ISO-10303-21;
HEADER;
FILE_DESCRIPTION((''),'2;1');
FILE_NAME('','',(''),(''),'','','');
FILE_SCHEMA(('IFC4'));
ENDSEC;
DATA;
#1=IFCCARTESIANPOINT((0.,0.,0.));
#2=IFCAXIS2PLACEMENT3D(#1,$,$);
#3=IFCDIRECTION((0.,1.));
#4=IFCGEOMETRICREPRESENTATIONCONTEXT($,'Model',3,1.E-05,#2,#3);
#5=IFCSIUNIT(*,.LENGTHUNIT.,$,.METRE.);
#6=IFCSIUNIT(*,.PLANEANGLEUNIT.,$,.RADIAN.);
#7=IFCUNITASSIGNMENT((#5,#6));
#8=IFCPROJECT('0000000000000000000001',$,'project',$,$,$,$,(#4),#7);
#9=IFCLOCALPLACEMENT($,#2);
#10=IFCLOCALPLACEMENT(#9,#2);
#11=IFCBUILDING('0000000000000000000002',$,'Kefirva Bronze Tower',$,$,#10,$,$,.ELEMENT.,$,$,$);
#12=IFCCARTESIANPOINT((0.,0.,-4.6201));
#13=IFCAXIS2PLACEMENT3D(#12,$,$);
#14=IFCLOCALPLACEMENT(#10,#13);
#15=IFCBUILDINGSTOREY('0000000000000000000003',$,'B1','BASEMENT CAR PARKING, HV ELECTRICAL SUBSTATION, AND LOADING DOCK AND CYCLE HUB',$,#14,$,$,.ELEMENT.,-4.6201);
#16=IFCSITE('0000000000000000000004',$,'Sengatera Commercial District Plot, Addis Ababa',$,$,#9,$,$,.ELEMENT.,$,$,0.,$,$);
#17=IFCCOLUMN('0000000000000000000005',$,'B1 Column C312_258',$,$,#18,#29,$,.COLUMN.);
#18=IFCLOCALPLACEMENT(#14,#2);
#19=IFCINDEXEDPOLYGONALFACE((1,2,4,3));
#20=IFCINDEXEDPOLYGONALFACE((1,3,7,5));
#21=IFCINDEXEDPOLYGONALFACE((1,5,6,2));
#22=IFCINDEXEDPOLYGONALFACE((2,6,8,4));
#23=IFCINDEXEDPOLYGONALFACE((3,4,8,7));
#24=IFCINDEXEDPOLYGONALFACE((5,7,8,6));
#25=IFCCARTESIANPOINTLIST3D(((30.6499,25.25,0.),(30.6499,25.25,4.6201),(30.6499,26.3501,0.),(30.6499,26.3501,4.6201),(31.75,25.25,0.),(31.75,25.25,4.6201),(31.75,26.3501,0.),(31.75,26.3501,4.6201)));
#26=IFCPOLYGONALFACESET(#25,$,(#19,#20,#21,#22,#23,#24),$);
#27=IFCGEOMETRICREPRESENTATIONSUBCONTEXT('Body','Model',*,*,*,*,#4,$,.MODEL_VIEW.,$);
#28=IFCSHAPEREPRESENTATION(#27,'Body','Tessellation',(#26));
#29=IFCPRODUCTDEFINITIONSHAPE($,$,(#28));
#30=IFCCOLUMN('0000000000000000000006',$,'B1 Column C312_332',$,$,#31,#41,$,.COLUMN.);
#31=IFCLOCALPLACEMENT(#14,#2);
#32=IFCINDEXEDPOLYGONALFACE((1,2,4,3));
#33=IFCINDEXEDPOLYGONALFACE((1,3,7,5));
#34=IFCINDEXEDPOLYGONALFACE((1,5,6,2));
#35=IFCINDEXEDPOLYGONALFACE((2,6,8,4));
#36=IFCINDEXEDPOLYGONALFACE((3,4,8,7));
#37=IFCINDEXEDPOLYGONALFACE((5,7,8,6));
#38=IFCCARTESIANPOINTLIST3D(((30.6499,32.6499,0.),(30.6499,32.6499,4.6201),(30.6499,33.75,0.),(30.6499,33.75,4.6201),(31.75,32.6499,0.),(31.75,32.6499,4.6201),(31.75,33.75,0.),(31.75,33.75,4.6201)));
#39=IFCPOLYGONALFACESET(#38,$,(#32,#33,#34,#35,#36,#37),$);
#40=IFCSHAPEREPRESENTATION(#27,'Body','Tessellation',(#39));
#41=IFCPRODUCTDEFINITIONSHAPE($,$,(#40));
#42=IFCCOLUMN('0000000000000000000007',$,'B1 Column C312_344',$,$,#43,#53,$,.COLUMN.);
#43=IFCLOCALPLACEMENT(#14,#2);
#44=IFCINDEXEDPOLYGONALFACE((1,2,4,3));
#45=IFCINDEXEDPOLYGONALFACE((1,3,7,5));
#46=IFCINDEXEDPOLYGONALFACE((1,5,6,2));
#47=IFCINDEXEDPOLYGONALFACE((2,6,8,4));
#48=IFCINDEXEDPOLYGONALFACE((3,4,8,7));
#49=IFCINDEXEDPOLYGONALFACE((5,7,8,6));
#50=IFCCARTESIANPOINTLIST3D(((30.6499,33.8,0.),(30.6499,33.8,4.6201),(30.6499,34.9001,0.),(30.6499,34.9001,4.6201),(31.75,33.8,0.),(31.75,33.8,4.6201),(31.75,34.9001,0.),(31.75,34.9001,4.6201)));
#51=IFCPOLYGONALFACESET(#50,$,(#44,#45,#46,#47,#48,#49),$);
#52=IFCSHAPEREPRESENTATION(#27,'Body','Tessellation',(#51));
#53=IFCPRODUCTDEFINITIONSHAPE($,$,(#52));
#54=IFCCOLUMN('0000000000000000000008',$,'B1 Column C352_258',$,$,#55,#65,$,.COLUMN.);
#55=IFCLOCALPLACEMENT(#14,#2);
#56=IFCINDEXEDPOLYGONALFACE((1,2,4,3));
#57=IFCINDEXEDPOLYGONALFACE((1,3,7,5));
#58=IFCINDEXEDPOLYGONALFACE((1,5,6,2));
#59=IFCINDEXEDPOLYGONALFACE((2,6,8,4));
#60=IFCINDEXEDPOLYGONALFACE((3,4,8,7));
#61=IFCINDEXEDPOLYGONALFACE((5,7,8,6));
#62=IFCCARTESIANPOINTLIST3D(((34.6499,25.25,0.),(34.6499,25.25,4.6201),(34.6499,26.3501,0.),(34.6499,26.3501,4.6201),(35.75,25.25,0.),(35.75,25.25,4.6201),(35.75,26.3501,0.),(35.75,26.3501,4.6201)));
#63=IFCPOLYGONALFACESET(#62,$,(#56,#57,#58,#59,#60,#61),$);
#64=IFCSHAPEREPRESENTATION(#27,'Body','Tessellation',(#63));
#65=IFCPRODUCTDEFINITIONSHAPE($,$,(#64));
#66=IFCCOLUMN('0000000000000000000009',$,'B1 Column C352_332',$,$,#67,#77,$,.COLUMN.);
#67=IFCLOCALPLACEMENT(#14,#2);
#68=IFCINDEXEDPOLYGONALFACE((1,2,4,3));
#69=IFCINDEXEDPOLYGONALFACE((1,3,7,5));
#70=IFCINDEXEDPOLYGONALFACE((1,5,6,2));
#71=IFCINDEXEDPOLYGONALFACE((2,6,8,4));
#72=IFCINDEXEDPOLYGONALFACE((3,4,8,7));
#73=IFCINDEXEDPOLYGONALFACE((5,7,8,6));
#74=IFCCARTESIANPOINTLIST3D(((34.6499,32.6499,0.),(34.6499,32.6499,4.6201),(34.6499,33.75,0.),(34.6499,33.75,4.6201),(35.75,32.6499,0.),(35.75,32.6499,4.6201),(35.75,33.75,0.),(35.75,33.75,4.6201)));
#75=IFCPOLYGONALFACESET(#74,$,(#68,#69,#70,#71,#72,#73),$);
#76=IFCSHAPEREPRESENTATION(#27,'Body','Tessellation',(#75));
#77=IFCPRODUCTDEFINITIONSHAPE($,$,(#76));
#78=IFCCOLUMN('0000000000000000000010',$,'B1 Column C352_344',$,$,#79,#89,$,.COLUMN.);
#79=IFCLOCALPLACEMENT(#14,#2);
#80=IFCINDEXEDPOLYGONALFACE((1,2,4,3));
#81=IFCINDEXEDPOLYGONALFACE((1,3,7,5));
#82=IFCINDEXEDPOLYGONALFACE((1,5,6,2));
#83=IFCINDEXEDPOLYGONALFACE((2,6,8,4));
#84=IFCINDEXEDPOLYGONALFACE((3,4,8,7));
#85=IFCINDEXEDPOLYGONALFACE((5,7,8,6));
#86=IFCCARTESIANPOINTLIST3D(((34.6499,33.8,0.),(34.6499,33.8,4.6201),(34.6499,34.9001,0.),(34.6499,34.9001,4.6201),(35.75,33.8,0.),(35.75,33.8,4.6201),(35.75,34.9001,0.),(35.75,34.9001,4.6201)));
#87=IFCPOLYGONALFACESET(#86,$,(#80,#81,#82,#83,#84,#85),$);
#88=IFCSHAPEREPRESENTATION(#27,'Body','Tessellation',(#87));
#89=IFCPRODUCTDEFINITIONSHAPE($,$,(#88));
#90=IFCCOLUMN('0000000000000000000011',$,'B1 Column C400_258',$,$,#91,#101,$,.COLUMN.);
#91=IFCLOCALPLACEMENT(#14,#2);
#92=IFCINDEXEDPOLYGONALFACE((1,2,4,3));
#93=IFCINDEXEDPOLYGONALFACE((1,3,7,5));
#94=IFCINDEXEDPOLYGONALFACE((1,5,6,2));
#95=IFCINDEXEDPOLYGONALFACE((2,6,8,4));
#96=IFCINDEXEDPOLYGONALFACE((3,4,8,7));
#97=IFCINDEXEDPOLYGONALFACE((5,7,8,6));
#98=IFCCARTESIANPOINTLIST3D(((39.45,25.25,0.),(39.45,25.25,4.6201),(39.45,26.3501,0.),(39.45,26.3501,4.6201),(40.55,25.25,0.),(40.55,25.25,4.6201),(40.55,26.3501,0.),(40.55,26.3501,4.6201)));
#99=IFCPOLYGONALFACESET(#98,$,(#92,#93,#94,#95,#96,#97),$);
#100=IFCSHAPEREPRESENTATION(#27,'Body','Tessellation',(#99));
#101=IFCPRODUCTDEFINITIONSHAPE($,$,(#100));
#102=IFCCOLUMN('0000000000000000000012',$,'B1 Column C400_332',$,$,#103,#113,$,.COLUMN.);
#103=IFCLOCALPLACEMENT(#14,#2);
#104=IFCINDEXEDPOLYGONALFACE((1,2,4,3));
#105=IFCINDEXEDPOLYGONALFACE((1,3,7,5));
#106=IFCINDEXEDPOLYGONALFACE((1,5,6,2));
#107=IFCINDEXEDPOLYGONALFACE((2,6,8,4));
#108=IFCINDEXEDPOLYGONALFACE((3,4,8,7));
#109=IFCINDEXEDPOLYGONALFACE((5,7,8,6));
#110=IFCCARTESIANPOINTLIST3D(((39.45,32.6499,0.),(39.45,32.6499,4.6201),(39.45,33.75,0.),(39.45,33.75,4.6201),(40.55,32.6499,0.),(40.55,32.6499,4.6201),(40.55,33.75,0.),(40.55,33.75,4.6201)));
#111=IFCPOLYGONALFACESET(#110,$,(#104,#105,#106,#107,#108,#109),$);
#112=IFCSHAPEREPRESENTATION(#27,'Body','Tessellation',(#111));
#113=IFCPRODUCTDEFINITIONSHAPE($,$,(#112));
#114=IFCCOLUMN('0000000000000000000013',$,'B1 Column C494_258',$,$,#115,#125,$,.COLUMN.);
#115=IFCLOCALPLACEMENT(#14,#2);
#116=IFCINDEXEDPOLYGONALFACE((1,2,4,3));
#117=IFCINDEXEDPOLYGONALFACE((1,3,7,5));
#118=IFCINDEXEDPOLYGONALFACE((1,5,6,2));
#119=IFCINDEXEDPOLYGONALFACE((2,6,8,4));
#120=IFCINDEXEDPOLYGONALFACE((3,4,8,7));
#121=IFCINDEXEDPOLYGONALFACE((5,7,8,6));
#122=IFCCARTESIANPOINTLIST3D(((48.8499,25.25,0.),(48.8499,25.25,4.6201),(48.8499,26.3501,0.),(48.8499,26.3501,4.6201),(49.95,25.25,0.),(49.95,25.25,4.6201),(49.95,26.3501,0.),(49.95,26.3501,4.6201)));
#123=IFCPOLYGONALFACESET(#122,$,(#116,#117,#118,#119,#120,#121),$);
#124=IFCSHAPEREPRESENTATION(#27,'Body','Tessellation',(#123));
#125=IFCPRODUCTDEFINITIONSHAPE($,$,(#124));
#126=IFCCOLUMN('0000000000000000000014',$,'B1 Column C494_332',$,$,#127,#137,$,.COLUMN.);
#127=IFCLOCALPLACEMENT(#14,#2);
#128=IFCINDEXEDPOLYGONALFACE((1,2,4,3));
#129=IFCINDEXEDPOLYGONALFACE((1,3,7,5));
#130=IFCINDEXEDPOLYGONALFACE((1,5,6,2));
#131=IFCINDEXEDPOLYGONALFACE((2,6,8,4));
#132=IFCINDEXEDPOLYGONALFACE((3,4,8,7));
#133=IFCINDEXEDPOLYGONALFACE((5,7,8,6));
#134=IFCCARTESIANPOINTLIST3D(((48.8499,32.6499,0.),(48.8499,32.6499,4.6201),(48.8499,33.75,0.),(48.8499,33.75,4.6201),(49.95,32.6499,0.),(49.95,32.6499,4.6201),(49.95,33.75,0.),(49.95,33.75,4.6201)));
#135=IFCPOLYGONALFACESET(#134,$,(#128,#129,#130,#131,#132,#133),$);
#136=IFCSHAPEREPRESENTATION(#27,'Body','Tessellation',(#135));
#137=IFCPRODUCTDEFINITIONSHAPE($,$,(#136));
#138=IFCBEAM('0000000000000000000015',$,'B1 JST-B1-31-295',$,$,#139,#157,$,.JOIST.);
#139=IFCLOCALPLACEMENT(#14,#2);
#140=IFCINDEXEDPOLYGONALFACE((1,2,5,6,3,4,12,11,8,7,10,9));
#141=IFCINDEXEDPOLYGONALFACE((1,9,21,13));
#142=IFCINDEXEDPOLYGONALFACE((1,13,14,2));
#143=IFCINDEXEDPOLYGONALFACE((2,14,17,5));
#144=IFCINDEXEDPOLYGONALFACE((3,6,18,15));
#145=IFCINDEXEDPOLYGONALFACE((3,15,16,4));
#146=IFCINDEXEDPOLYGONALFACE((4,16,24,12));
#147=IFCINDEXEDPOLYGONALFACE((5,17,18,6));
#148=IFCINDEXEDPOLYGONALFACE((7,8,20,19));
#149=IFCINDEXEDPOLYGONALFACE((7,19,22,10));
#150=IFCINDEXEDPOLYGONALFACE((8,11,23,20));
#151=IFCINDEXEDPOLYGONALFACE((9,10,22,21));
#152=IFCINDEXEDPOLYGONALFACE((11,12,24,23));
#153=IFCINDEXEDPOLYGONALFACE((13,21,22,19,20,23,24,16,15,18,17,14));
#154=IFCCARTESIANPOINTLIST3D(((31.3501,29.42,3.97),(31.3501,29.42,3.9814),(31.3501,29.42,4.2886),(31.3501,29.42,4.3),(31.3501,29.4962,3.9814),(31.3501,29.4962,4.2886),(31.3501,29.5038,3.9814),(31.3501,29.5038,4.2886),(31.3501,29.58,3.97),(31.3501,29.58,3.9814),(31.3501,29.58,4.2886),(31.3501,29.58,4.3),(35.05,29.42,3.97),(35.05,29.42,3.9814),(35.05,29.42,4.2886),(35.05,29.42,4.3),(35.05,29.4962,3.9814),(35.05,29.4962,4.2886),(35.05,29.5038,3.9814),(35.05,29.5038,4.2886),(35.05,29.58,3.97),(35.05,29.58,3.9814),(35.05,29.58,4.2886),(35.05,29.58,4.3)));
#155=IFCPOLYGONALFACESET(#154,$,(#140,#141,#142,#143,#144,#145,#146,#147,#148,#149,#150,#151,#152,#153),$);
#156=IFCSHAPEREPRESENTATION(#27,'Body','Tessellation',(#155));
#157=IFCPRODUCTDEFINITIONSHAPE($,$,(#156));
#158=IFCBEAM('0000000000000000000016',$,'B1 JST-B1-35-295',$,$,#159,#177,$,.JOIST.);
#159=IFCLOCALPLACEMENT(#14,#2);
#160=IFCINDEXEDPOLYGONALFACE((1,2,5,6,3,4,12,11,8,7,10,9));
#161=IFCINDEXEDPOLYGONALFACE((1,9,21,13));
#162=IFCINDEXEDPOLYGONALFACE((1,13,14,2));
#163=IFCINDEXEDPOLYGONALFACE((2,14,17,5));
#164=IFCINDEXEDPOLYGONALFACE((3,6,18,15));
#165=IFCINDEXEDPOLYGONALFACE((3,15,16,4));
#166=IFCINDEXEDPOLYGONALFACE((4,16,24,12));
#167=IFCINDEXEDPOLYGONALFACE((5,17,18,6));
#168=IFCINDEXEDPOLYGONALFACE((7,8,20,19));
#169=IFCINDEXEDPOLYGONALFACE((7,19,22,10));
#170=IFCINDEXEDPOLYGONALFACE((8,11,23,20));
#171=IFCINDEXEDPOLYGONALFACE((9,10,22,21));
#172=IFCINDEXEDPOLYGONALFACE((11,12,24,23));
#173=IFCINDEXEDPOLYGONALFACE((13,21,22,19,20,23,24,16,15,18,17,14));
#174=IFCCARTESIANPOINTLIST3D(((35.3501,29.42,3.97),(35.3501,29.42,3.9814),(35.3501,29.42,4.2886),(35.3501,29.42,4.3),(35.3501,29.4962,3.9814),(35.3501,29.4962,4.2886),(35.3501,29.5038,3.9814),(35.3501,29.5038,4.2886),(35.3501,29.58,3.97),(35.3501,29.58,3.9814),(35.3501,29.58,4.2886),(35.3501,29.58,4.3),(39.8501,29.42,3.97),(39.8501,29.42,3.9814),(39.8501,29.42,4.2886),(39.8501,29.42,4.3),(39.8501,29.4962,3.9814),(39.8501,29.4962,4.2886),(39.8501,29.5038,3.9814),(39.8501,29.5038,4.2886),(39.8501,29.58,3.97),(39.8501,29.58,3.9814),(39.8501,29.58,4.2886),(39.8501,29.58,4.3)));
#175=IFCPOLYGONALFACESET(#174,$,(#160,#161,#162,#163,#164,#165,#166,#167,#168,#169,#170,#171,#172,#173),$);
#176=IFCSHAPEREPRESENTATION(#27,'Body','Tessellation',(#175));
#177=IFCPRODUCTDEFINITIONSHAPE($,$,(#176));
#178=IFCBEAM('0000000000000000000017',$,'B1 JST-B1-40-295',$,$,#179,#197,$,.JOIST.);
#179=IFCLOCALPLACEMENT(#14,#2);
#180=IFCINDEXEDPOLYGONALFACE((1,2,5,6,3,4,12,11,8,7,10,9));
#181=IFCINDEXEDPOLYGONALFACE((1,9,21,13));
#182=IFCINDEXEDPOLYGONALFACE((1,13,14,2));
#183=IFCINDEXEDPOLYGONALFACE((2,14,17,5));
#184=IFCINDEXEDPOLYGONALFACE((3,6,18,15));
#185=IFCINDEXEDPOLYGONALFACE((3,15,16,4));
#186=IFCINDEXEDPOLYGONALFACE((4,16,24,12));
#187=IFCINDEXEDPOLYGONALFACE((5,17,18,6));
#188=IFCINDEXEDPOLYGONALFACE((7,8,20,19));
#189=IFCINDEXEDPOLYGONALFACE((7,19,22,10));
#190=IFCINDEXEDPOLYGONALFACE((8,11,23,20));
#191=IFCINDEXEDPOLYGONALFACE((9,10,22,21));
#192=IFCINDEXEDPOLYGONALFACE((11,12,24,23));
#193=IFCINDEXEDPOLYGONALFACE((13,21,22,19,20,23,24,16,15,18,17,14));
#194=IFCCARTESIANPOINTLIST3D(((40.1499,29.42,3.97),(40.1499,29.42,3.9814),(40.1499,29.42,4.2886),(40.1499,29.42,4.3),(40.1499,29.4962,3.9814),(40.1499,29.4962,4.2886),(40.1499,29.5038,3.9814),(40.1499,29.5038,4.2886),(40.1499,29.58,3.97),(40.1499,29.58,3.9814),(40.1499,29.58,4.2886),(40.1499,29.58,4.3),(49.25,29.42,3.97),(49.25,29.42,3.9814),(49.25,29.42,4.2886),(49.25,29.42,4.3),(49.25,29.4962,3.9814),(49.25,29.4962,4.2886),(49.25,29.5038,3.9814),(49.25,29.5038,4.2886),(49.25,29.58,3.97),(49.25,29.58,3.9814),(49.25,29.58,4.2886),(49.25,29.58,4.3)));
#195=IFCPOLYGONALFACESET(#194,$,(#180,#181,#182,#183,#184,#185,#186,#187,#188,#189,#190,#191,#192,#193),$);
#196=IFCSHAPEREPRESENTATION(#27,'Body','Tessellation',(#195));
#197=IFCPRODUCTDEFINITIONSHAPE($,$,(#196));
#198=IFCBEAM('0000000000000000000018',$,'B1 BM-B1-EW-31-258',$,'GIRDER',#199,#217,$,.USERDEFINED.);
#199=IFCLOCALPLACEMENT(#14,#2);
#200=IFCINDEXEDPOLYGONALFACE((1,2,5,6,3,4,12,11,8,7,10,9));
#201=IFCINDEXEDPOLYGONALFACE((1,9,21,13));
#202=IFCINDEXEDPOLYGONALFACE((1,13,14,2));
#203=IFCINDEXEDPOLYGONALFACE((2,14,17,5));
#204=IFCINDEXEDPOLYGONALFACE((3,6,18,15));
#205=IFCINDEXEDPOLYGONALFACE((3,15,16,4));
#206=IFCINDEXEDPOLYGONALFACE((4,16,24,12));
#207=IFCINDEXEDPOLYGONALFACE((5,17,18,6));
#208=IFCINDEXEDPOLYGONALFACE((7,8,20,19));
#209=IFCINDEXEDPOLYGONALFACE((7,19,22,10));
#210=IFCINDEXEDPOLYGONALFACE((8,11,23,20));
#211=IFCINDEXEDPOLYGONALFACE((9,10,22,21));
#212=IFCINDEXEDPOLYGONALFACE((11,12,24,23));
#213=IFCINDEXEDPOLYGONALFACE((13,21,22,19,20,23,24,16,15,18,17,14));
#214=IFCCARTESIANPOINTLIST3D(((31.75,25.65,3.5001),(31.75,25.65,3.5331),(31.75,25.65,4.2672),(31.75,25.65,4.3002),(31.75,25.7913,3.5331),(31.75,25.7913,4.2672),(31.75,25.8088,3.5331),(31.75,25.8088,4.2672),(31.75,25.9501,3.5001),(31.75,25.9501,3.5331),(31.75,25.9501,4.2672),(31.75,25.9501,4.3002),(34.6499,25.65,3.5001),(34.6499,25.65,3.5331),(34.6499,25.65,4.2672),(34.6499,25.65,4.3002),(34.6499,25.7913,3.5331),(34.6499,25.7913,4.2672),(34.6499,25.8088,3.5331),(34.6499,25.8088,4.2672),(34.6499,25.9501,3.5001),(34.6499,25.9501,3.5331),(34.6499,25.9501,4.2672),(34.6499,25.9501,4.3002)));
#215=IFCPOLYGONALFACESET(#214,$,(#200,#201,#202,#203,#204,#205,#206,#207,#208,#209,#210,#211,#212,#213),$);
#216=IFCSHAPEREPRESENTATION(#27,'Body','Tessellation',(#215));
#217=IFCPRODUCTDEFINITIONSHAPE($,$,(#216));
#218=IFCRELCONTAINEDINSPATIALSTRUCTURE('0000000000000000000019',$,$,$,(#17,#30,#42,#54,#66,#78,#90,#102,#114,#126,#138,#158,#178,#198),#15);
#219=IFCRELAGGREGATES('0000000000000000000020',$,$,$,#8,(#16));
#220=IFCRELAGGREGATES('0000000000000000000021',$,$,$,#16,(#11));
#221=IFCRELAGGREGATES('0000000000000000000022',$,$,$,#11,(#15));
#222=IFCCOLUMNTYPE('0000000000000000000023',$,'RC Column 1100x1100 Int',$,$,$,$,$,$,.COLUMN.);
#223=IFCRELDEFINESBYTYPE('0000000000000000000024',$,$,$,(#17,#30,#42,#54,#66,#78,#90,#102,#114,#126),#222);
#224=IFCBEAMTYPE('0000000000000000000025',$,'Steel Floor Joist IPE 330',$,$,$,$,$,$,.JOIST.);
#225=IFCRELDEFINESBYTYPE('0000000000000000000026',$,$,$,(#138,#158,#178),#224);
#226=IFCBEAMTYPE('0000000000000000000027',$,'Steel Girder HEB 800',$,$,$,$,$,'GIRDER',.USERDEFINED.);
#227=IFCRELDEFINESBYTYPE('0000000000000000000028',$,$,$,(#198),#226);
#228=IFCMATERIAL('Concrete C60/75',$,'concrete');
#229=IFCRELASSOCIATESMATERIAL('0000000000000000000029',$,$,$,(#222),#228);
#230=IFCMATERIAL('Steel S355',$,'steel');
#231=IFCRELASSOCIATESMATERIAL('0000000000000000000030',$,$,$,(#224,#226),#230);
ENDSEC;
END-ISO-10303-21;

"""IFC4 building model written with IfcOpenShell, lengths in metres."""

from ifc_helpers import new_model, si_unit, direction, frame, origin, origin_2d, place, context, subcontext, project, spatial, rectangle, i_section, extrude, material, material_profile, profile_set, type_object, element, save


model = new_model("IFC4")

# Units and contexts
model_context = context("Model", 3, precision=1e-05, world=origin(), true_north=direction((0.0, 1.0)))
body_context = subcontext(model_context, "Body", "Model", "MODEL_VIEW")
ifc_project = project(units=[si_unit("LENGTHUNIT", "METRE"), si_unit("PLANEANGLEUNIT", "RADIAN")], contexts=[model_context])

# Site, building, storey
site_placement = place(None, origin())
site = spatial("IfcSite", under=ifc_project, at=site_placement, Name="Sengatera Commercial District Plot, Addis Ababa", CompositionType="ELEMENT", RefElevation=0.0)
building_placement = place(site_placement, origin())
building = spatial("IfcBuilding", under=site, at=building_placement, Name="Kefirva Bronze Tower", CompositionType="ELEMENT")
storey_placement = place(building_placement, frame((0.0, 0.0, -4.6201)))
storey = spatial("IfcBuildingStorey", under=building, at=storey_placement, Name="B1", Description="BASEMENT CAR PARKING, HV ELECTRICAL SUBSTATION, AND LOADING DOCK AND CYCLE HUB", CompositionType="ELEMENT", Elevation=-4.6201)

# Columns
ifc_material_1 = material(Name="Concrete C60/75", Category="concrete")
ifc_material_profile_1 = material_profile(ifc_material_1, rectangle(XDim=1.1001, YDim=1.1001, at=origin_2d()), Name="RC 1100x1100")
ifc_profile_set_1 = profile_set([ifc_material_profile_1], Name="Concrete C60/75")
column_type = type_object("IfcColumnType", Name="RC Column 1100x1100 Int", PredefinedType="COLUMN", material=ifc_profile_set_1)
for number, where, z_axis, x_axis, name in (
    (1, (31.2, 25.8, 0.0), (0.0, 0.0, 1.0), (1.0, 0.0, 0.0), "B1 Column C312_258"),
    (2, (31.2, 33.2, 0.0), (0.0, 0.0, 1.0), (1.0, 0.0, 0.0), "B1 Column C312_332"),
    (3, (31.2, 34.3501, 0.0), (0.0, 0.0, 1.0), (1.0, 0.0, 0.0), "B1 Column C312_344"),
    (4, (35.2, 25.8, 0.0), (0.0, 0.0, 1.0), (1.0, 0.0, 0.0), "B1 Column C352_258"),
    (5, (35.2, 33.2, 0.0), (0.0, 0.0, 1.0), (1.0, 0.0, 0.0), "B1 Column C352_332"),
    (6, (35.2, 34.3501, 0.0), (0.0, 0.0, 1.0), (1.0, 0.0, 0.0), "B1 Column C352_344"),
    (7, (40.0, 25.8, 0.0), (0.0, 0.0, 1.0), (1.0, 0.0, 0.0), "B1 Column C400_258"),
    (8, (40.0, 33.2, 0.0), (0.0, 0.0, 1.0), (1.0, 0.0, 0.0), "B1 Column C400_332"),
    (9, (49.3999, 25.8, 0.0), (0.0, 0.0, 1.0), (1.0, 0.0, 0.0), "B1 Column C494_258"),
    (10, (49.3999, 33.2, 0.0), (0.0, 0.0, 1.0), (1.0, 0.0, 0.0), "B1 Column C494_332"),
):
    element("IfcColumn", number, at=place(storey_placement, frame(where, z_axis=z_axis, x_axis=x_axis)), inside=storey, type_object=column_type, Name=name, PredefinedType="COLUMN", context=body_context, shape_type="SweptSolid", body=[
        extrude(rectangle(XDim=1.1001, YDim=1.1001, at=origin_2d()), origin(), (0.0, 0.0, 1.0), 4.6201),
    ])

# Beams
ifc_material_2 = material(Name="Steel S355", Category="steel")
ifc_material_profile_2 = material_profile(ifc_material_2, i_section(OverallWidth=0.1599, OverallDepth=0.3301, WebThickness=0.0076, FlangeThickness=0.0115, at=origin_2d()), Name="IPE 330")
ifc_profile_set_2 = profile_set([ifc_material_profile_2], Name="Steel S355")
beam_type_1 = type_object("IfcBeamType", Name="Steel Floor Joist IPE 330", PredefinedType="JOIST", material=ifc_profile_set_2)
beam_1_placement = place(storey_placement, frame((31.3501, 29.5, 4.135), z_axis=(1.0, 0.0, 0.0), x_axis=(0.0, 1.0, 0.0)))
element("IfcBeam", 11, at=beam_1_placement, inside=storey, type_object=beam_type_1, Name="B1 JST-B1-31-295", PredefinedType="JOIST", context=body_context, shape_type="SweptSolid", body=[
    extrude(i_section(OverallWidth=0.1599, OverallDepth=0.3301, WebThickness=0.0076, FlangeThickness=0.0115, at=origin_2d()), origin(), (0.0, 0.0, 1.0), 3.7),
])
beam_2_placement = place(storey_placement, frame((35.3501, 29.5, 4.135), z_axis=(1.0, 0.0, 0.0), x_axis=(0.0, 1.0, 0.0)))
element("IfcBeam", 12, at=beam_2_placement, inside=storey, type_object=beam_type_1, Name="B1 JST-B1-35-295", PredefinedType="JOIST", context=body_context, shape_type="SweptSolid", body=[
    extrude(i_section(OverallWidth=0.1599, OverallDepth=0.3301, WebThickness=0.0076, FlangeThickness=0.0115, at=origin_2d()), origin(), (0.0, 0.0, 1.0), 4.5),
])
beam_3_placement = place(storey_placement, frame((40.1499, 29.5, 4.135), z_axis=(1.0, 0.0, 0.0), x_axis=(0.0, 1.0, 0.0)))
element("IfcBeam", 13, at=beam_3_placement, inside=storey, type_object=beam_type_1, Name="B1 JST-B1-40-295", PredefinedType="JOIST", context=body_context, shape_type="SweptSolid", body=[
    extrude(i_section(OverallWidth=0.1599, OverallDepth=0.3301, WebThickness=0.0076, FlangeThickness=0.0115, at=origin_2d()), origin(), (0.0, 0.0, 1.0), 9.1001),
])
ifc_material_profile_3 = material_profile(ifc_material_2, i_section(OverallWidth=0.3, OverallDepth=0.8, WebThickness=0.0176, FlangeThickness=0.033, at=origin_2d()), Name="HEB 800")
ifc_profile_set_3 = profile_set([ifc_material_profile_3], Name="Steel S355")
beam_type_2 = type_object("IfcBeamType", Name="Steel Girder HEB 800", ElementType="GIRDER", PredefinedType="USERDEFINED", material=ifc_profile_set_3)
beam_4_placement = place(storey_placement, frame((31.75, 25.8, 3.9001), z_axis=(1.0, 0.0, 0.0), x_axis=(0.0, 1.0, 0.0)))
element("IfcBeam", 14, at=beam_4_placement, inside=storey, type_object=beam_type_2, Name="B1 BM-B1-EW-31-258", ObjectType="GIRDER", PredefinedType="USERDEFINED", context=body_context, shape_type="SweptSolid", body=[
    extrude(i_section(OverallWidth=0.3, OverallDepth=0.8, WebThickness=0.0176, FlangeThickness=0.033, at=origin_2d()), origin(), (0.0, 0.0, 1.0), 2.8999),
])

save(model, "model.ifc")
